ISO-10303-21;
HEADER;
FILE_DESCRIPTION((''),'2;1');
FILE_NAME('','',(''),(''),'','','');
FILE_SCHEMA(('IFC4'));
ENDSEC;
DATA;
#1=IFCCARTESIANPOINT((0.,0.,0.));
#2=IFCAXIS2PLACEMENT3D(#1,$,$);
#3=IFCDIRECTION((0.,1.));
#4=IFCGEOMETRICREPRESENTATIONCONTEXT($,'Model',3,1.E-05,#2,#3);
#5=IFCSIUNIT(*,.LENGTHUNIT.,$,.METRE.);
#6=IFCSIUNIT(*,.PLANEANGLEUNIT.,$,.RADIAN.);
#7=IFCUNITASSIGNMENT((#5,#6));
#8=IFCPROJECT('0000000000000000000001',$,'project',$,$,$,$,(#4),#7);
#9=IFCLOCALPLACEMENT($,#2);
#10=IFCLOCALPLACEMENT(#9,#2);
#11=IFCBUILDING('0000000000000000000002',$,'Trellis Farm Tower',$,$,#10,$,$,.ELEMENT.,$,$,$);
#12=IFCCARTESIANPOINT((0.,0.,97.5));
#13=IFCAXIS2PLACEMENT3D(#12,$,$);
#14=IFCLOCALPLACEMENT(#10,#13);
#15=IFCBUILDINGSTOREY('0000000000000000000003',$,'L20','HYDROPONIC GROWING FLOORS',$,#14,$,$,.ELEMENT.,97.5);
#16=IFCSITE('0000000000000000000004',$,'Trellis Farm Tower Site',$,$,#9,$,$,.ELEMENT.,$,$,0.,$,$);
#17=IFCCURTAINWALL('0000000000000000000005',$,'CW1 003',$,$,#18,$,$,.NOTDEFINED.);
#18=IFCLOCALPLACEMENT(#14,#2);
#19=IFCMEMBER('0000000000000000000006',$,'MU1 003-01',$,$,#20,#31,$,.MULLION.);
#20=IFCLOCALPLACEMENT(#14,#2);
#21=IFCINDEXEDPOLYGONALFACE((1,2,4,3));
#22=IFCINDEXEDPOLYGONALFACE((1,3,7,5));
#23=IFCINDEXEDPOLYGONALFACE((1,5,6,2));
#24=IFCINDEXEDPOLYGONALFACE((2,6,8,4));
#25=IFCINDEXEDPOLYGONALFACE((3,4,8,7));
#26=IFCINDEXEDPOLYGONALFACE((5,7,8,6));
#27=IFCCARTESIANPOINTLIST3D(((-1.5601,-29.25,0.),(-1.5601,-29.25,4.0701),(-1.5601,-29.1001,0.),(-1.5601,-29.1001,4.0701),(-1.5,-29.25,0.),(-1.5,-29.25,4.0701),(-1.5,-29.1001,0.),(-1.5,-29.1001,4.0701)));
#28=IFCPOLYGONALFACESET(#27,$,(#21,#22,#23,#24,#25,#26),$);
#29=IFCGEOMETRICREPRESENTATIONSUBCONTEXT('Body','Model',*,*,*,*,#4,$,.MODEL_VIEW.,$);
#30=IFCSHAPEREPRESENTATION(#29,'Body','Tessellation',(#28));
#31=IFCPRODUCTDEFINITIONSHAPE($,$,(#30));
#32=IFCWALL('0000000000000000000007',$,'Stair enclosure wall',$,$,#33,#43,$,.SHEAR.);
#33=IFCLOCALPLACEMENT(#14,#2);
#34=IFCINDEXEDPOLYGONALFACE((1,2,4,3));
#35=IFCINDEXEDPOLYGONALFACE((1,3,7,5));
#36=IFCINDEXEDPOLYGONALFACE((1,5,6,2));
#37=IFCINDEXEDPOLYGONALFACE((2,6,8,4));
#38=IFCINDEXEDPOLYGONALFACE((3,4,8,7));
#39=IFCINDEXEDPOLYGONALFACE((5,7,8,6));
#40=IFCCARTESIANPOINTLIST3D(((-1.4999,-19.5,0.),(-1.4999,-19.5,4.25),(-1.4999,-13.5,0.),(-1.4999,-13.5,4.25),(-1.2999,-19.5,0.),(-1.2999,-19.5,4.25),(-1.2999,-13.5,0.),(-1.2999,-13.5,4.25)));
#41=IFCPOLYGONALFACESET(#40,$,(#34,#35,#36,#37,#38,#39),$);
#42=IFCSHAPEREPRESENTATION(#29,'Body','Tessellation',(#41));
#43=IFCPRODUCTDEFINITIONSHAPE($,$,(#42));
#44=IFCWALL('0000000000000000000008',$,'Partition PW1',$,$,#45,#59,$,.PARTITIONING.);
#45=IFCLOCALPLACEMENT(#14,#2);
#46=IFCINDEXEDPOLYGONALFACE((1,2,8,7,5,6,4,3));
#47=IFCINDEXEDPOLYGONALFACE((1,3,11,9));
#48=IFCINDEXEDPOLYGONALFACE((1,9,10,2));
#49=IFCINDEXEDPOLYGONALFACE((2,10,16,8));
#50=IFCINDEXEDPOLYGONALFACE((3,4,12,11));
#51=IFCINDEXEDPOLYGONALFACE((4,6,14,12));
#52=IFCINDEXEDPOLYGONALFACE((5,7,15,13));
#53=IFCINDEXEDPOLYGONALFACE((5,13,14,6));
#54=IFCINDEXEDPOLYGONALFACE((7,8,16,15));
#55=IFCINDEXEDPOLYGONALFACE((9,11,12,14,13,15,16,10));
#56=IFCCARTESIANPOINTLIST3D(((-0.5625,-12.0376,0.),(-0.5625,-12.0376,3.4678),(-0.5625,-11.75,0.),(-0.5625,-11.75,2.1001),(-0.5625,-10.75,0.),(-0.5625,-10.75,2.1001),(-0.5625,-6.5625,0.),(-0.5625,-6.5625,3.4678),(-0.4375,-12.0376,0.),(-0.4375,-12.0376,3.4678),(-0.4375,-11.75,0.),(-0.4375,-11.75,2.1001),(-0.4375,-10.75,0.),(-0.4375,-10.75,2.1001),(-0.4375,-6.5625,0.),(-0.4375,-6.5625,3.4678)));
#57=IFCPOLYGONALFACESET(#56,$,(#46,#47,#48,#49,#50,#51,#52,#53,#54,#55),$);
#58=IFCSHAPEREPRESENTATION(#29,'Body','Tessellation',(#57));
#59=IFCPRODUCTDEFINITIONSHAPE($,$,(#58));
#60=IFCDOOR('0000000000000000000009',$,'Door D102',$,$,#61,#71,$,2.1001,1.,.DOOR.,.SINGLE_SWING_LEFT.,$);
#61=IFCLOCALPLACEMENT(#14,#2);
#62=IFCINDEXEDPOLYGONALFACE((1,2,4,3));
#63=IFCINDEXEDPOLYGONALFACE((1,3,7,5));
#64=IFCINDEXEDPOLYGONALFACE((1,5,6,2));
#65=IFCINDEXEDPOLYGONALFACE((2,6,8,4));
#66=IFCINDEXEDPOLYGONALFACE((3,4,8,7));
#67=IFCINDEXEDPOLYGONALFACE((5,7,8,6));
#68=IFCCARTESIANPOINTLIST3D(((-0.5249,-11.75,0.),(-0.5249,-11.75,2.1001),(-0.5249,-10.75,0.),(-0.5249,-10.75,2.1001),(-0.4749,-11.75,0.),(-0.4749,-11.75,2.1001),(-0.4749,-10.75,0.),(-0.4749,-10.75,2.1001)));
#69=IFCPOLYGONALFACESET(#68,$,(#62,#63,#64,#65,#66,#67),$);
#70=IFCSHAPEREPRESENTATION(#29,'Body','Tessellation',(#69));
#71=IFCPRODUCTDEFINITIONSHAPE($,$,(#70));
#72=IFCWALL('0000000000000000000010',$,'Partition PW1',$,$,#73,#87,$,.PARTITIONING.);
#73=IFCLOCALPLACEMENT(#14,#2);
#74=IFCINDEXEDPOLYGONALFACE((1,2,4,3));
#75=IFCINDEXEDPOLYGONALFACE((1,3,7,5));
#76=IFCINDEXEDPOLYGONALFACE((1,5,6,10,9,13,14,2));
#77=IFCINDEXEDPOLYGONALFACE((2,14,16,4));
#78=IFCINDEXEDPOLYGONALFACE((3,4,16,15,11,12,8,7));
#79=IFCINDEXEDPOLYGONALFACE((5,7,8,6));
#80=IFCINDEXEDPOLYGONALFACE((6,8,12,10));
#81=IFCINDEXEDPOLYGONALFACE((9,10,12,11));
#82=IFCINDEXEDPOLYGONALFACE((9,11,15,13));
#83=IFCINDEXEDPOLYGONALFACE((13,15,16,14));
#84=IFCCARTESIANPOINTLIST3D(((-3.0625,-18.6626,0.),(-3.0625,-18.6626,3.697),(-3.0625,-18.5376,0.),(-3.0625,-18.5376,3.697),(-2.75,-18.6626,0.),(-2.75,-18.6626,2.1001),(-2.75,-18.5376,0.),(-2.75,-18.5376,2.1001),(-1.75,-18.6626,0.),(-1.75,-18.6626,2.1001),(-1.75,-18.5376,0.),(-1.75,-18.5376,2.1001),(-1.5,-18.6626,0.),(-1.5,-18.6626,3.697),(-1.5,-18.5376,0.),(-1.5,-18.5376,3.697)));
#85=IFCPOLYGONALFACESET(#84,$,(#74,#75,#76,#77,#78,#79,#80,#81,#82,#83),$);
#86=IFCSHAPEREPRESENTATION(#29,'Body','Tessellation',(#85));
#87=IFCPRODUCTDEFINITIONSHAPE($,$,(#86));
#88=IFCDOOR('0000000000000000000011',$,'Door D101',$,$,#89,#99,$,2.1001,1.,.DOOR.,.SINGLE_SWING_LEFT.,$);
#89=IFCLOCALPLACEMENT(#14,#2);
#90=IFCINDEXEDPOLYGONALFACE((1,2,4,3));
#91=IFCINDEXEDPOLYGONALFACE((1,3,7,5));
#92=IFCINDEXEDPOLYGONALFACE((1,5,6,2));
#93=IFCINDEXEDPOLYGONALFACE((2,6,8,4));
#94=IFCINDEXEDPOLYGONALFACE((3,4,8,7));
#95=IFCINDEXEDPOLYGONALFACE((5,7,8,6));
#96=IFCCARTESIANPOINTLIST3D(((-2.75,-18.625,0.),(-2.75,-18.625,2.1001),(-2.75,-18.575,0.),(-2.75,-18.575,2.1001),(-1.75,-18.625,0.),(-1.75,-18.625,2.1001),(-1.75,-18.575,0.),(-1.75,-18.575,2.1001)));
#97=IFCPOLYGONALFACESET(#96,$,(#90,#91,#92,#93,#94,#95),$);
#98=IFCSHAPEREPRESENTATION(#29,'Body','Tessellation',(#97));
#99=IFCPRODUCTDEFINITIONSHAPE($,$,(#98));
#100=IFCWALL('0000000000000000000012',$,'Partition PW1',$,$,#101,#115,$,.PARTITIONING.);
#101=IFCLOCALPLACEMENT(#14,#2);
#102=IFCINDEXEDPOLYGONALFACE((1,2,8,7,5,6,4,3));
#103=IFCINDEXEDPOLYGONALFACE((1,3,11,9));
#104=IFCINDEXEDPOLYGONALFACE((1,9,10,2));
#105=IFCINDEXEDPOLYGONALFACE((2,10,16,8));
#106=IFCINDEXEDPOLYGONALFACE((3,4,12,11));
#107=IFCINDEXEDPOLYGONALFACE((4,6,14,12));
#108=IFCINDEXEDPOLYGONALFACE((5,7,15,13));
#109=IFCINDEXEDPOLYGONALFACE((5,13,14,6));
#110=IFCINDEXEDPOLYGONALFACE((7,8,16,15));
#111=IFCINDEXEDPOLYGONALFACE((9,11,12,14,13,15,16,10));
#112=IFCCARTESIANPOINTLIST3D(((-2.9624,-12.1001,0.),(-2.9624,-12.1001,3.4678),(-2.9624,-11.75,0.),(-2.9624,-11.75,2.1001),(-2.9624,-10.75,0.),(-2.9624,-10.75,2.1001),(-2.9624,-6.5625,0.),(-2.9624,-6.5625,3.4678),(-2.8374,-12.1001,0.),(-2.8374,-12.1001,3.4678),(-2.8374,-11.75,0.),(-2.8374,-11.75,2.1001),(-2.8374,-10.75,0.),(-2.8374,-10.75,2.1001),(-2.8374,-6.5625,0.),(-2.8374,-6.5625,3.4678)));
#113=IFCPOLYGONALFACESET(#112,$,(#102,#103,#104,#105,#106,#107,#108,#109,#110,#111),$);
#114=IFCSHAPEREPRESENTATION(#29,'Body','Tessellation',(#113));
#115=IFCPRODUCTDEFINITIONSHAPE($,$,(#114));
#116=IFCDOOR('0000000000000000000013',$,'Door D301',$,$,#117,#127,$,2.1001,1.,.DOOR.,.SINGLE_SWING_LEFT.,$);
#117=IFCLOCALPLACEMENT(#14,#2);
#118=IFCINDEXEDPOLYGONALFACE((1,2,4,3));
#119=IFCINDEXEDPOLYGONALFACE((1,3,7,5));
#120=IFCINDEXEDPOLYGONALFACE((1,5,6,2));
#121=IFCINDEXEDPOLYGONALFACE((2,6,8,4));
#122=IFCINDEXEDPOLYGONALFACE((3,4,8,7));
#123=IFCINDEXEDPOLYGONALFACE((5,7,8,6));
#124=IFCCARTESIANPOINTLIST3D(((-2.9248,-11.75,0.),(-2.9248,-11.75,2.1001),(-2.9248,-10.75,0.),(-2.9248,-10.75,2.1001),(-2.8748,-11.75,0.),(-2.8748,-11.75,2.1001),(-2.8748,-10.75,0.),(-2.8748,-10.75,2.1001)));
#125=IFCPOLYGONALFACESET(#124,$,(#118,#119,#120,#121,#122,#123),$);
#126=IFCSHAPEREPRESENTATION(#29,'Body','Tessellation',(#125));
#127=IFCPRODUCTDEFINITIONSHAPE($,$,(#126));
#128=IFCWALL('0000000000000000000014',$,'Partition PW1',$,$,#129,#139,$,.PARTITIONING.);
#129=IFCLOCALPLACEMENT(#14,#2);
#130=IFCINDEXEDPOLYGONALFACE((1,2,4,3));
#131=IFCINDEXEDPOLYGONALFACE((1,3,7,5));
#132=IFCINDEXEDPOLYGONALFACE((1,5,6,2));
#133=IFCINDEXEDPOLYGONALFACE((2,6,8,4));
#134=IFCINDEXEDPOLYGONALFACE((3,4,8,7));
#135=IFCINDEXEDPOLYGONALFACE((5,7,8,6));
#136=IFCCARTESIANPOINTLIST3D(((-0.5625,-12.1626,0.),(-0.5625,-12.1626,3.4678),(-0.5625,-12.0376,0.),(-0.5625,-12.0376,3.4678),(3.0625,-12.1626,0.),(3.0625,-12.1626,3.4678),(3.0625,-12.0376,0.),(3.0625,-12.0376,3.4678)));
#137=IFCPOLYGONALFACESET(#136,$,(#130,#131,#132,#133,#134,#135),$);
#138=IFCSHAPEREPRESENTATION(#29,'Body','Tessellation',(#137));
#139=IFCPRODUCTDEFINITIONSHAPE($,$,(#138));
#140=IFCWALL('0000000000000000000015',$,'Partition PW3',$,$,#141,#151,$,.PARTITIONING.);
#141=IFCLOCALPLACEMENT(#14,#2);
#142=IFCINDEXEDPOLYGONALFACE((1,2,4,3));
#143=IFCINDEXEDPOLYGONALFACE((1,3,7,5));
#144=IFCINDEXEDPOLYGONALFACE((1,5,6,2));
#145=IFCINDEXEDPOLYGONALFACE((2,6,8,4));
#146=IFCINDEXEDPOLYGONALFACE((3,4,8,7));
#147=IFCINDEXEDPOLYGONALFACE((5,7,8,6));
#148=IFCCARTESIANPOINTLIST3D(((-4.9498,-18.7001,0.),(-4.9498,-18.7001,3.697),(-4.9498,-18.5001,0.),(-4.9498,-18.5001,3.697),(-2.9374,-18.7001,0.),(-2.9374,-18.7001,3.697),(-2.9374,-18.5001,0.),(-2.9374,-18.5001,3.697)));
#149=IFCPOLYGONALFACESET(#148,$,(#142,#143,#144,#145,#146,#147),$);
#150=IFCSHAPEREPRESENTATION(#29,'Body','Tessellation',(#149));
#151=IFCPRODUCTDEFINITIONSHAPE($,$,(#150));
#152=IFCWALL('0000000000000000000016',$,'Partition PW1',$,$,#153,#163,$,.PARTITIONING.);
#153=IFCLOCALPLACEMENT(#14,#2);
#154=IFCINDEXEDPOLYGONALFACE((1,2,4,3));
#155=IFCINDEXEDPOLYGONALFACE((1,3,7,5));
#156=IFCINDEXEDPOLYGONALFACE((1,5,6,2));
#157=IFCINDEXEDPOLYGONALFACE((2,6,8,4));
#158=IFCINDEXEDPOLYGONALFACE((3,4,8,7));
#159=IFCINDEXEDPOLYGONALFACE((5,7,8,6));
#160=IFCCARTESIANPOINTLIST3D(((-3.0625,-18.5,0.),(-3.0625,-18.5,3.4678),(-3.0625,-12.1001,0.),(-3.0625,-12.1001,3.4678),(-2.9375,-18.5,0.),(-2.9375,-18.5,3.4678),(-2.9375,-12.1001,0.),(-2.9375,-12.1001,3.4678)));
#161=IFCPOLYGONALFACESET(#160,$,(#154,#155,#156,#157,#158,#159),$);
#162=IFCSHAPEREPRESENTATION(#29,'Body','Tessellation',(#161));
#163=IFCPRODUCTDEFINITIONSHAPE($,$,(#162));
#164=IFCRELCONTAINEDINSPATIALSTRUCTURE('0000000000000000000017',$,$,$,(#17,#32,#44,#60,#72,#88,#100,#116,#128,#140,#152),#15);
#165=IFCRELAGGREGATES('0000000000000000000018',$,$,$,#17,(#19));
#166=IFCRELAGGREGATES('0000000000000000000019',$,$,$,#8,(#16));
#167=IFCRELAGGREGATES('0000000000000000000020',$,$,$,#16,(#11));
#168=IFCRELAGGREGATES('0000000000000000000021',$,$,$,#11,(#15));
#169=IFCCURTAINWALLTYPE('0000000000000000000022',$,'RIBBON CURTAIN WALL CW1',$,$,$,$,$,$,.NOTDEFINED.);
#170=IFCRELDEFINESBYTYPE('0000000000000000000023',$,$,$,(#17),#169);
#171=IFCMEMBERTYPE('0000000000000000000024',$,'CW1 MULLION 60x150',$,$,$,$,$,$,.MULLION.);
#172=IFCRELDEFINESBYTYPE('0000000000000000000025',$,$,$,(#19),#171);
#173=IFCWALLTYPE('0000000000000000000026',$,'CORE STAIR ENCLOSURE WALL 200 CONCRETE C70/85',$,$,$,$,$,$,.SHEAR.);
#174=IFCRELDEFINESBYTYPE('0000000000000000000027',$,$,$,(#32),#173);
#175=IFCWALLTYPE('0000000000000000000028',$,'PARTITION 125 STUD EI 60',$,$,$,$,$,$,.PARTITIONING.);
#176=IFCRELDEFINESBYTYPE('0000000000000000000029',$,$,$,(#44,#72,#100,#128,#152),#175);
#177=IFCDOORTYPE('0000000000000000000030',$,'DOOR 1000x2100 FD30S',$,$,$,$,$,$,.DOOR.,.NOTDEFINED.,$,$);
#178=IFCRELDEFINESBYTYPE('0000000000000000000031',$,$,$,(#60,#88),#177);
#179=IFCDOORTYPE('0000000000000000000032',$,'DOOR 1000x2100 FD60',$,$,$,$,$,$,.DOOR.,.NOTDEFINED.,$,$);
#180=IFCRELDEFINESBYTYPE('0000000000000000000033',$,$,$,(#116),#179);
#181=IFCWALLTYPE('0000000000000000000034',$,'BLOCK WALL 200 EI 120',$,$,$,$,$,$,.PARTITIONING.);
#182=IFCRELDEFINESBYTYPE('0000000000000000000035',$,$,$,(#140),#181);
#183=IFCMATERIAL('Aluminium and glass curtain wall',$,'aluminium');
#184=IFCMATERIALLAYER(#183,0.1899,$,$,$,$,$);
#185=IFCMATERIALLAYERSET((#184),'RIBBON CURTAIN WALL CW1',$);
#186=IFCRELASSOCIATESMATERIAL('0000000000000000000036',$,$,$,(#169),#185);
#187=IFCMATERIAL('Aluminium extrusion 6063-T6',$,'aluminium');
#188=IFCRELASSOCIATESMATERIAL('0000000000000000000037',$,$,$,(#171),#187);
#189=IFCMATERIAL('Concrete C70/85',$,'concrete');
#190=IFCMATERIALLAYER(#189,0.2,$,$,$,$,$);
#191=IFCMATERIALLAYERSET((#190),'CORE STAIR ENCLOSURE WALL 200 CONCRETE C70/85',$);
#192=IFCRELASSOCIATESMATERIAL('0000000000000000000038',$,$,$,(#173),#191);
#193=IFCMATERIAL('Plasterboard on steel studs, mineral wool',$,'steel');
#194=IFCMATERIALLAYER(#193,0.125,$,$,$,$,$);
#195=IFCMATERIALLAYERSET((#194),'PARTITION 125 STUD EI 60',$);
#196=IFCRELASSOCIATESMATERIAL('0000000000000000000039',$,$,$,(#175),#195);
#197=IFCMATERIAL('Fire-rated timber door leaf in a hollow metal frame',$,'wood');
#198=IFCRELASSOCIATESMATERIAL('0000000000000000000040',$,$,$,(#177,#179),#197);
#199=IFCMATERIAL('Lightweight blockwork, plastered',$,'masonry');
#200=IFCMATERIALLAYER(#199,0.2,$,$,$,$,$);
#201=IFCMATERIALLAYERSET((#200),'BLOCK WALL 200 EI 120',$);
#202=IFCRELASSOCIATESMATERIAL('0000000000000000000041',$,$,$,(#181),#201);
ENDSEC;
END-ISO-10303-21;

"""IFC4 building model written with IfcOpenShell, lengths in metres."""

from ifc_helpers import new_model, si_unit, direction, frame, frame_2d, origin, origin_2d, place, context, subcontext, project, spatial, rectangle, extrude, source, transform, mapped, material, layer, layer_set, material_profile, profile_set, type_object, element, fill, aggregate, save


model = new_model("IFC4")

# Units and contexts
model_context = context("Model", 3, precision=1e-05, world=origin(), true_north=direction((0.0, 1.0)))
body_context = subcontext(model_context, "Body", "Model", "MODEL_VIEW")
ifc_project = project(units=[si_unit("LENGTHUNIT", "METRE"), si_unit("PLANEANGLEUNIT", "RADIAN")], contexts=[model_context])

# Site, building, storey
site_placement = place(None, origin())
site = spatial("IfcSite", under=ifc_project, at=site_placement, Name="Trellis Farm Tower Site", CompositionType="ELEMENT", RefElevation=0.0)
building_placement = place(site_placement, origin())
building = spatial("IfcBuilding", under=site, at=building_placement, Name="Trellis Farm Tower", CompositionType="ELEMENT")
storey_placement = place(building_placement, frame((0.0, 0.0, 97.5)))
storey = spatial("IfcBuildingStorey", under=building, at=storey_placement, Name="L20", Description="HYDROPONIC GROWING FLOORS", CompositionType="ELEMENT", Elevation=97.5)

# Curtain wall, member
ifc_material_1 = material(Name="Aluminium and glass curtain wall", Category="aluminium")
ifc_layer_1 = layer(ifc_material_1, 0.1899)
ifc_layer_set_1 = layer_set([ifc_layer_1], Name="RIBBON CURTAIN WALL CW1")
curtain_wall_type = type_object("IfcCurtainWallType", Name="RIBBON CURTAIN WALL CW1", PredefinedType="NOTDEFINED", material=ifc_layer_set_1)
placement = place(storey_placement, origin())
ifc_material_2 = material(Name="Aluminium extrusion 6063-T6", Category="aluminium")
ifc_material_profile_1 = material_profile(ifc_material_2, rectangle(XDim=0.0601, YDim=0.1499, at=origin_2d()), Name="MULLION 60x150")
ifc_profile_set_1 = profile_set([ifc_material_profile_1], Name="Aluminium extrusion 6063-T6")
member_type = type_object("IfcMemberType", Name="CW1 MULLION 60x150", PredefinedType="MULLION", material=ifc_profile_set_1)
shared_shape_1 = source(origin(), body_context, "Body", "SweptSolid", [
    extrude(rectangle(XDim=0.0601, YDim=0.1499, at=origin_2d()), origin(), (0.0, 0.0, 1.0), 4.0701),
])
curtain_wall_1 = element("IfcCurtainWall", 1, at=placement, inside=storey, type_object=curtain_wall_type, Name="CW1 003", PredefinedType="NOTDEFINED")
member_1_placement = place(storey_placement, frame((-1.53, -29.175, 0.0), z_axis=(0.0, 0.0, 1.0), x_axis=(1.0, 0.0, 0.0)))
member_1 = element("IfcMember", 2, at=member_1_placement, type_object=member_type, Name="MU1 003-01", PredefinedType="MULLION", context=body_context, shape_type="MappedRepresentation", body=[
    mapped(shared_shape_1, transform((0.0, 0.0, 0.0))),
])
aggregate(curtain_wall_1, [member_1])

# Wall
ifc_material_3 = material(Name="Concrete C70/85", Category="concrete")
ifc_layer_2 = layer(ifc_material_3, 0.2)
ifc_layer_set_2 = layer_set([ifc_layer_2], Name="CORE STAIR ENCLOSURE WALL 200 CONCRETE C70/85")
wall_type_1 = type_object("IfcWallType", Name="CORE STAIR ENCLOSURE WALL 200 CONCRETE C70/85", PredefinedType="SHEAR", material=ifc_layer_set_2)
shared_shape_2 = source(origin(), body_context, "Body", "SweptSolid", [
    extrude(rectangle(XDim=6.0, YDim=0.2, at=frame_2d((3.0, 0.0))), origin(), (0.0, 0.0, 1.0), 4.25),
])
wall_1_placement = place(storey_placement, frame((-1.3999, -13.5, 0.0), z_axis=(0.0, 0.0, 1.0), x_axis=(0.0, -1.0, 0.0)))
element("IfcWall", 3, at=wall_1_placement, inside=storey, type_object=wall_type_1, Name="Stair enclosure wall", PredefinedType="SHEAR", context=body_context, shape_type="MappedRepresentation", body=[
    mapped(shared_shape_2, transform((0.0, 0.0, 0.0))),
])

# Walls, openings, doors
ifc_material_4 = material(Name="Plasterboard on steel studs, mineral wool", Category="steel")
ifc_layer_3 = layer(ifc_material_4, 0.125)
ifc_layer_set_3 = layer_set([ifc_layer_3], Name="PARTITION 125 STUD EI 60")
wall_type_2 = type_object("IfcWallType", Name="PARTITION 125 STUD EI 60", PredefinedType="PARTITIONING", material=ifc_layer_set_3)
shared_shape_3 = source(origin(), body_context, "Body", "SweptSolid", [
    extrude(rectangle(XDim=5.4751, YDim=0.125, at=frame_2d((2.7375, 0.0))), origin(), (0.0, 0.0, 1.0), 3.4678),
])
wall_2_placement = place(storey_placement, frame((-0.5, -12.0376, 0.0), z_axis=(0.0, 0.0, 1.0), x_axis=(0.0, 1.0, 0.0)))
wall_2 = element("IfcWall", 4, at=wall_2_placement, inside=storey, type_object=wall_type_2, Name="Partition PW1", PredefinedType="PARTITIONING", context=body_context, shape_type="MappedRepresentation", body=[
    mapped(shared_shape_3, transform((0.0, 0.0, 0.0))),
])
shared_shape_4 = source(origin(), body_context, "Body", "SweptSolid", [
    extrude(rectangle(XDim=1.0, YDim=2.1001, at=frame_2d((0.5, 1.05))), frame((0.0, 0.0725, 0.0), z_axis=(0.0, -1.0, 0.0), x_axis=(1.0, 0.0, 0.0)), (0.0, 0.0, 1.0), 0.145),
])
opening_1_placement = place(wall_2_placement, frame((0.2876, 0.0, 0.0)))
opening_1 = element("IfcOpeningElement", 5, at=opening_1_placement, cuts=wall_2, PredefinedType="OPENING", context=body_context, shape_type="MappedRepresentation", body=[
    mapped(shared_shape_4, transform((0.0, 0.0, 0.0))),
])
ifc_material_5 = material(Name="Fire-rated timber door leaf in a hollow metal frame", Category="wood")
door_type_1 = type_object("IfcDoorType", Name="DOOR 1000x2100 FD30S", OperationType="NOTDEFINED", PredefinedType="DOOR", material=ifc_material_5)
shared_shape_5 = source(origin(), body_context, "Body", "SweptSolid", [
    extrude(rectangle(XDim=1.0, YDim=2.1001, at=frame_2d((0.5, 1.05))), frame((0.0, 0.0249, 0.0), z_axis=(0.0, -1.0, 0.0), x_axis=(1.0, 0.0, 0.0)), (0.0, 0.0, 1.0), 0.05),
])
door_1_placement = place(opening_1_placement, origin())
door_1 = element("IfcDoor", 6, at=door_1_placement, inside=storey, type_object=door_type_1, Name="Door D102", OperationType="SINGLE_SWING_LEFT", OverallHeight=2.1001, OverallWidth=1.0, PredefinedType="DOOR", context=body_context, shape_type="MappedRepresentation", body=[
    mapped(shared_shape_5, transform((0.0, 0.0, 0.0))),
])
fill(opening_1, door_1)
shared_shape_6 = source(origin(), body_context, "Body", "SweptSolid", [
    extrude(rectangle(XDim=1.5625, YDim=0.125, at=frame_2d((0.7812, 0.0))), origin(), (0.0, 0.0, 1.0), 3.697),
])
wall_3_placement = place(storey_placement, frame((-1.5, -18.6001, 0.0), z_axis=(0.0, 0.0, 1.0), x_axis=(-1.0, 0.0, 0.0)))
wall_3 = element("IfcWall", 7, at=wall_3_placement, inside=storey, type_object=wall_type_2, Name="Partition PW1", PredefinedType="PARTITIONING", context=body_context, shape_type="MappedRepresentation", body=[
    mapped(shared_shape_6, transform((0.0, 0.0, 0.0))),
])
opening_2_placement = place(wall_3_placement, frame((0.25, 0.0, 0.0)))
opening_2 = element("IfcOpeningElement", 8, at=opening_2_placement, cuts=wall_3, PredefinedType="OPENING", context=body_context, shape_type="MappedRepresentation", body=[
    mapped(shared_shape_4, transform((0.0, 0.0, 0.0))),
])
door_2_placement = place(opening_2_placement, origin())
door_2 = element("IfcDoor", 9, at=door_2_placement, inside=storey, type_object=door_type_1, Name="Door D101", OperationType="SINGLE_SWING_LEFT", OverallHeight=2.1001, OverallWidth=1.0, PredefinedType="DOOR", context=body_context, shape_type="MappedRepresentation", body=[
    mapped(shared_shape_5, transform((0.0, 0.0, 0.0))),
])
fill(opening_2, door_2)
shared_shape_7 = source(origin(), body_context, "Body", "SweptSolid", [
    extrude(rectangle(XDim=5.5376, YDim=0.125, at=frame_2d((2.7688, 0.0))), origin(), (0.0, 0.0, 1.0), 3.4678),
])
wall_4_placement = place(storey_placement, frame((-2.8999, -12.1001, 0.0), z_axis=(0.0, 0.0, 1.0), x_axis=(0.0, 1.0, 0.0)))
wall_4 = element("IfcWall", 10, at=wall_4_placement, inside=storey, type_object=wall_type_2, Name="Partition PW1", PredefinedType="PARTITIONING", context=body_context, shape_type="MappedRepresentation", body=[
    mapped(shared_shape_7, transform((0.0, 0.0, 0.0))),
])
opening_3_placement = place(wall_4_placement, frame((0.3501, 0.0, 0.0)))
opening_3 = element("IfcOpeningElement", 11, at=opening_3_placement, cuts=wall_4, PredefinedType="OPENING", context=body_context, shape_type="MappedRepresentation", body=[
    mapped(shared_shape_4, transform((0.0, 0.0, 0.0))),
])
door_type_2 = type_object("IfcDoorType", Name="DOOR 1000x2100 FD60", OperationType="NOTDEFINED", PredefinedType="DOOR", material=ifc_material_5)
door_3_placement = place(opening_3_placement, origin())
door_3 = element("IfcDoor", 12, at=door_3_placement, inside=storey, type_object=door_type_2, Name="Door D301", OperationType="SINGLE_SWING_LEFT", OverallHeight=2.1001, OverallWidth=1.0, PredefinedType="DOOR", context=body_context, shape_type="MappedRepresentation", body=[
    mapped(shared_shape_5, transform((0.0, 0.0, 0.0))),
])
fill(opening_3, door_3)

# Walls
shared_shape_8 = source(origin(), body_context, "Body", "SweptSolid", [
    extrude(rectangle(XDim=3.625, YDim=0.125, at=frame_2d((1.8125, 0.0))), origin(), (0.0, 0.0, 1.0), 3.4678),
])
wall_5_placement = place(storey_placement, frame((-0.5625, -12.1001, 0.0), z_axis=(0.0, 0.0, 1.0), x_axis=(1.0, 0.0, 0.0)))
element("IfcWall", 13, at=wall_5_placement, inside=storey, type_object=wall_type_2, Name="Partition PW1", PredefinedType="PARTITIONING", context=body_context, shape_type="MappedRepresentation", body=[
    mapped(shared_shape_8, transform((0.0, 0.0, 0.0))),
])
ifc_material_6 = material(Name="Lightweight blockwork, plastered", Category="masonry")
ifc_layer_4 = layer(ifc_material_6, 0.2)
ifc_layer_set_4 = layer_set([ifc_layer_4], Name="BLOCK WALL 200 EI 120")
wall_type_3 = type_object("IfcWallType", Name="BLOCK WALL 200 EI 120", PredefinedType="PARTITIONING", material=ifc_layer_set_4)
shared_shape_9 = source(origin(), body_context, "Body", "SweptSolid", [
    extrude(rectangle(XDim=2.0125, YDim=0.2, at=frame_2d((1.0063, 0.0))), origin(), (0.0, 0.0, 1.0), 3.697),
])
wall_6_placement = place(storey_placement, frame((-4.95, -18.6001, 0.0), z_axis=(0.0, 0.0, 1.0), x_axis=(1.0, 0.0, 0.0)))
element("IfcWall", 14, at=wall_6_placement, inside=storey, type_object=wall_type_3, Name="Partition PW3", PredefinedType="PARTITIONING", context=body_context, shape_type="MappedRepresentation", body=[
    mapped(shared_shape_9, transform((0.0, 0.0, 0.0))),
])
shared_shape_10 = source(origin(), body_context, "Body", "SweptSolid", [
    extrude(rectangle(XDim=6.3999, YDim=0.125, at=frame_2d((3.2, 0.0))), origin(), (0.0, 0.0, 1.0), 3.4678),
])
wall_7_placement = place(storey_placement, frame((-3.0, -18.5, 0.0), z_axis=(0.0, 0.0, 1.0), x_axis=(0.0, 1.0, 0.0)))
element("IfcWall", 15, at=wall_7_placement, inside=storey, type_object=wall_type_2, Name="Partition PW1", PredefinedType="PARTITIONING", context=body_context, shape_type="MappedRepresentation", body=[
    mapped(shared_shape_10, transform((0.0, 0.0, 0.0))),
])

save(model, "model.ifc")
